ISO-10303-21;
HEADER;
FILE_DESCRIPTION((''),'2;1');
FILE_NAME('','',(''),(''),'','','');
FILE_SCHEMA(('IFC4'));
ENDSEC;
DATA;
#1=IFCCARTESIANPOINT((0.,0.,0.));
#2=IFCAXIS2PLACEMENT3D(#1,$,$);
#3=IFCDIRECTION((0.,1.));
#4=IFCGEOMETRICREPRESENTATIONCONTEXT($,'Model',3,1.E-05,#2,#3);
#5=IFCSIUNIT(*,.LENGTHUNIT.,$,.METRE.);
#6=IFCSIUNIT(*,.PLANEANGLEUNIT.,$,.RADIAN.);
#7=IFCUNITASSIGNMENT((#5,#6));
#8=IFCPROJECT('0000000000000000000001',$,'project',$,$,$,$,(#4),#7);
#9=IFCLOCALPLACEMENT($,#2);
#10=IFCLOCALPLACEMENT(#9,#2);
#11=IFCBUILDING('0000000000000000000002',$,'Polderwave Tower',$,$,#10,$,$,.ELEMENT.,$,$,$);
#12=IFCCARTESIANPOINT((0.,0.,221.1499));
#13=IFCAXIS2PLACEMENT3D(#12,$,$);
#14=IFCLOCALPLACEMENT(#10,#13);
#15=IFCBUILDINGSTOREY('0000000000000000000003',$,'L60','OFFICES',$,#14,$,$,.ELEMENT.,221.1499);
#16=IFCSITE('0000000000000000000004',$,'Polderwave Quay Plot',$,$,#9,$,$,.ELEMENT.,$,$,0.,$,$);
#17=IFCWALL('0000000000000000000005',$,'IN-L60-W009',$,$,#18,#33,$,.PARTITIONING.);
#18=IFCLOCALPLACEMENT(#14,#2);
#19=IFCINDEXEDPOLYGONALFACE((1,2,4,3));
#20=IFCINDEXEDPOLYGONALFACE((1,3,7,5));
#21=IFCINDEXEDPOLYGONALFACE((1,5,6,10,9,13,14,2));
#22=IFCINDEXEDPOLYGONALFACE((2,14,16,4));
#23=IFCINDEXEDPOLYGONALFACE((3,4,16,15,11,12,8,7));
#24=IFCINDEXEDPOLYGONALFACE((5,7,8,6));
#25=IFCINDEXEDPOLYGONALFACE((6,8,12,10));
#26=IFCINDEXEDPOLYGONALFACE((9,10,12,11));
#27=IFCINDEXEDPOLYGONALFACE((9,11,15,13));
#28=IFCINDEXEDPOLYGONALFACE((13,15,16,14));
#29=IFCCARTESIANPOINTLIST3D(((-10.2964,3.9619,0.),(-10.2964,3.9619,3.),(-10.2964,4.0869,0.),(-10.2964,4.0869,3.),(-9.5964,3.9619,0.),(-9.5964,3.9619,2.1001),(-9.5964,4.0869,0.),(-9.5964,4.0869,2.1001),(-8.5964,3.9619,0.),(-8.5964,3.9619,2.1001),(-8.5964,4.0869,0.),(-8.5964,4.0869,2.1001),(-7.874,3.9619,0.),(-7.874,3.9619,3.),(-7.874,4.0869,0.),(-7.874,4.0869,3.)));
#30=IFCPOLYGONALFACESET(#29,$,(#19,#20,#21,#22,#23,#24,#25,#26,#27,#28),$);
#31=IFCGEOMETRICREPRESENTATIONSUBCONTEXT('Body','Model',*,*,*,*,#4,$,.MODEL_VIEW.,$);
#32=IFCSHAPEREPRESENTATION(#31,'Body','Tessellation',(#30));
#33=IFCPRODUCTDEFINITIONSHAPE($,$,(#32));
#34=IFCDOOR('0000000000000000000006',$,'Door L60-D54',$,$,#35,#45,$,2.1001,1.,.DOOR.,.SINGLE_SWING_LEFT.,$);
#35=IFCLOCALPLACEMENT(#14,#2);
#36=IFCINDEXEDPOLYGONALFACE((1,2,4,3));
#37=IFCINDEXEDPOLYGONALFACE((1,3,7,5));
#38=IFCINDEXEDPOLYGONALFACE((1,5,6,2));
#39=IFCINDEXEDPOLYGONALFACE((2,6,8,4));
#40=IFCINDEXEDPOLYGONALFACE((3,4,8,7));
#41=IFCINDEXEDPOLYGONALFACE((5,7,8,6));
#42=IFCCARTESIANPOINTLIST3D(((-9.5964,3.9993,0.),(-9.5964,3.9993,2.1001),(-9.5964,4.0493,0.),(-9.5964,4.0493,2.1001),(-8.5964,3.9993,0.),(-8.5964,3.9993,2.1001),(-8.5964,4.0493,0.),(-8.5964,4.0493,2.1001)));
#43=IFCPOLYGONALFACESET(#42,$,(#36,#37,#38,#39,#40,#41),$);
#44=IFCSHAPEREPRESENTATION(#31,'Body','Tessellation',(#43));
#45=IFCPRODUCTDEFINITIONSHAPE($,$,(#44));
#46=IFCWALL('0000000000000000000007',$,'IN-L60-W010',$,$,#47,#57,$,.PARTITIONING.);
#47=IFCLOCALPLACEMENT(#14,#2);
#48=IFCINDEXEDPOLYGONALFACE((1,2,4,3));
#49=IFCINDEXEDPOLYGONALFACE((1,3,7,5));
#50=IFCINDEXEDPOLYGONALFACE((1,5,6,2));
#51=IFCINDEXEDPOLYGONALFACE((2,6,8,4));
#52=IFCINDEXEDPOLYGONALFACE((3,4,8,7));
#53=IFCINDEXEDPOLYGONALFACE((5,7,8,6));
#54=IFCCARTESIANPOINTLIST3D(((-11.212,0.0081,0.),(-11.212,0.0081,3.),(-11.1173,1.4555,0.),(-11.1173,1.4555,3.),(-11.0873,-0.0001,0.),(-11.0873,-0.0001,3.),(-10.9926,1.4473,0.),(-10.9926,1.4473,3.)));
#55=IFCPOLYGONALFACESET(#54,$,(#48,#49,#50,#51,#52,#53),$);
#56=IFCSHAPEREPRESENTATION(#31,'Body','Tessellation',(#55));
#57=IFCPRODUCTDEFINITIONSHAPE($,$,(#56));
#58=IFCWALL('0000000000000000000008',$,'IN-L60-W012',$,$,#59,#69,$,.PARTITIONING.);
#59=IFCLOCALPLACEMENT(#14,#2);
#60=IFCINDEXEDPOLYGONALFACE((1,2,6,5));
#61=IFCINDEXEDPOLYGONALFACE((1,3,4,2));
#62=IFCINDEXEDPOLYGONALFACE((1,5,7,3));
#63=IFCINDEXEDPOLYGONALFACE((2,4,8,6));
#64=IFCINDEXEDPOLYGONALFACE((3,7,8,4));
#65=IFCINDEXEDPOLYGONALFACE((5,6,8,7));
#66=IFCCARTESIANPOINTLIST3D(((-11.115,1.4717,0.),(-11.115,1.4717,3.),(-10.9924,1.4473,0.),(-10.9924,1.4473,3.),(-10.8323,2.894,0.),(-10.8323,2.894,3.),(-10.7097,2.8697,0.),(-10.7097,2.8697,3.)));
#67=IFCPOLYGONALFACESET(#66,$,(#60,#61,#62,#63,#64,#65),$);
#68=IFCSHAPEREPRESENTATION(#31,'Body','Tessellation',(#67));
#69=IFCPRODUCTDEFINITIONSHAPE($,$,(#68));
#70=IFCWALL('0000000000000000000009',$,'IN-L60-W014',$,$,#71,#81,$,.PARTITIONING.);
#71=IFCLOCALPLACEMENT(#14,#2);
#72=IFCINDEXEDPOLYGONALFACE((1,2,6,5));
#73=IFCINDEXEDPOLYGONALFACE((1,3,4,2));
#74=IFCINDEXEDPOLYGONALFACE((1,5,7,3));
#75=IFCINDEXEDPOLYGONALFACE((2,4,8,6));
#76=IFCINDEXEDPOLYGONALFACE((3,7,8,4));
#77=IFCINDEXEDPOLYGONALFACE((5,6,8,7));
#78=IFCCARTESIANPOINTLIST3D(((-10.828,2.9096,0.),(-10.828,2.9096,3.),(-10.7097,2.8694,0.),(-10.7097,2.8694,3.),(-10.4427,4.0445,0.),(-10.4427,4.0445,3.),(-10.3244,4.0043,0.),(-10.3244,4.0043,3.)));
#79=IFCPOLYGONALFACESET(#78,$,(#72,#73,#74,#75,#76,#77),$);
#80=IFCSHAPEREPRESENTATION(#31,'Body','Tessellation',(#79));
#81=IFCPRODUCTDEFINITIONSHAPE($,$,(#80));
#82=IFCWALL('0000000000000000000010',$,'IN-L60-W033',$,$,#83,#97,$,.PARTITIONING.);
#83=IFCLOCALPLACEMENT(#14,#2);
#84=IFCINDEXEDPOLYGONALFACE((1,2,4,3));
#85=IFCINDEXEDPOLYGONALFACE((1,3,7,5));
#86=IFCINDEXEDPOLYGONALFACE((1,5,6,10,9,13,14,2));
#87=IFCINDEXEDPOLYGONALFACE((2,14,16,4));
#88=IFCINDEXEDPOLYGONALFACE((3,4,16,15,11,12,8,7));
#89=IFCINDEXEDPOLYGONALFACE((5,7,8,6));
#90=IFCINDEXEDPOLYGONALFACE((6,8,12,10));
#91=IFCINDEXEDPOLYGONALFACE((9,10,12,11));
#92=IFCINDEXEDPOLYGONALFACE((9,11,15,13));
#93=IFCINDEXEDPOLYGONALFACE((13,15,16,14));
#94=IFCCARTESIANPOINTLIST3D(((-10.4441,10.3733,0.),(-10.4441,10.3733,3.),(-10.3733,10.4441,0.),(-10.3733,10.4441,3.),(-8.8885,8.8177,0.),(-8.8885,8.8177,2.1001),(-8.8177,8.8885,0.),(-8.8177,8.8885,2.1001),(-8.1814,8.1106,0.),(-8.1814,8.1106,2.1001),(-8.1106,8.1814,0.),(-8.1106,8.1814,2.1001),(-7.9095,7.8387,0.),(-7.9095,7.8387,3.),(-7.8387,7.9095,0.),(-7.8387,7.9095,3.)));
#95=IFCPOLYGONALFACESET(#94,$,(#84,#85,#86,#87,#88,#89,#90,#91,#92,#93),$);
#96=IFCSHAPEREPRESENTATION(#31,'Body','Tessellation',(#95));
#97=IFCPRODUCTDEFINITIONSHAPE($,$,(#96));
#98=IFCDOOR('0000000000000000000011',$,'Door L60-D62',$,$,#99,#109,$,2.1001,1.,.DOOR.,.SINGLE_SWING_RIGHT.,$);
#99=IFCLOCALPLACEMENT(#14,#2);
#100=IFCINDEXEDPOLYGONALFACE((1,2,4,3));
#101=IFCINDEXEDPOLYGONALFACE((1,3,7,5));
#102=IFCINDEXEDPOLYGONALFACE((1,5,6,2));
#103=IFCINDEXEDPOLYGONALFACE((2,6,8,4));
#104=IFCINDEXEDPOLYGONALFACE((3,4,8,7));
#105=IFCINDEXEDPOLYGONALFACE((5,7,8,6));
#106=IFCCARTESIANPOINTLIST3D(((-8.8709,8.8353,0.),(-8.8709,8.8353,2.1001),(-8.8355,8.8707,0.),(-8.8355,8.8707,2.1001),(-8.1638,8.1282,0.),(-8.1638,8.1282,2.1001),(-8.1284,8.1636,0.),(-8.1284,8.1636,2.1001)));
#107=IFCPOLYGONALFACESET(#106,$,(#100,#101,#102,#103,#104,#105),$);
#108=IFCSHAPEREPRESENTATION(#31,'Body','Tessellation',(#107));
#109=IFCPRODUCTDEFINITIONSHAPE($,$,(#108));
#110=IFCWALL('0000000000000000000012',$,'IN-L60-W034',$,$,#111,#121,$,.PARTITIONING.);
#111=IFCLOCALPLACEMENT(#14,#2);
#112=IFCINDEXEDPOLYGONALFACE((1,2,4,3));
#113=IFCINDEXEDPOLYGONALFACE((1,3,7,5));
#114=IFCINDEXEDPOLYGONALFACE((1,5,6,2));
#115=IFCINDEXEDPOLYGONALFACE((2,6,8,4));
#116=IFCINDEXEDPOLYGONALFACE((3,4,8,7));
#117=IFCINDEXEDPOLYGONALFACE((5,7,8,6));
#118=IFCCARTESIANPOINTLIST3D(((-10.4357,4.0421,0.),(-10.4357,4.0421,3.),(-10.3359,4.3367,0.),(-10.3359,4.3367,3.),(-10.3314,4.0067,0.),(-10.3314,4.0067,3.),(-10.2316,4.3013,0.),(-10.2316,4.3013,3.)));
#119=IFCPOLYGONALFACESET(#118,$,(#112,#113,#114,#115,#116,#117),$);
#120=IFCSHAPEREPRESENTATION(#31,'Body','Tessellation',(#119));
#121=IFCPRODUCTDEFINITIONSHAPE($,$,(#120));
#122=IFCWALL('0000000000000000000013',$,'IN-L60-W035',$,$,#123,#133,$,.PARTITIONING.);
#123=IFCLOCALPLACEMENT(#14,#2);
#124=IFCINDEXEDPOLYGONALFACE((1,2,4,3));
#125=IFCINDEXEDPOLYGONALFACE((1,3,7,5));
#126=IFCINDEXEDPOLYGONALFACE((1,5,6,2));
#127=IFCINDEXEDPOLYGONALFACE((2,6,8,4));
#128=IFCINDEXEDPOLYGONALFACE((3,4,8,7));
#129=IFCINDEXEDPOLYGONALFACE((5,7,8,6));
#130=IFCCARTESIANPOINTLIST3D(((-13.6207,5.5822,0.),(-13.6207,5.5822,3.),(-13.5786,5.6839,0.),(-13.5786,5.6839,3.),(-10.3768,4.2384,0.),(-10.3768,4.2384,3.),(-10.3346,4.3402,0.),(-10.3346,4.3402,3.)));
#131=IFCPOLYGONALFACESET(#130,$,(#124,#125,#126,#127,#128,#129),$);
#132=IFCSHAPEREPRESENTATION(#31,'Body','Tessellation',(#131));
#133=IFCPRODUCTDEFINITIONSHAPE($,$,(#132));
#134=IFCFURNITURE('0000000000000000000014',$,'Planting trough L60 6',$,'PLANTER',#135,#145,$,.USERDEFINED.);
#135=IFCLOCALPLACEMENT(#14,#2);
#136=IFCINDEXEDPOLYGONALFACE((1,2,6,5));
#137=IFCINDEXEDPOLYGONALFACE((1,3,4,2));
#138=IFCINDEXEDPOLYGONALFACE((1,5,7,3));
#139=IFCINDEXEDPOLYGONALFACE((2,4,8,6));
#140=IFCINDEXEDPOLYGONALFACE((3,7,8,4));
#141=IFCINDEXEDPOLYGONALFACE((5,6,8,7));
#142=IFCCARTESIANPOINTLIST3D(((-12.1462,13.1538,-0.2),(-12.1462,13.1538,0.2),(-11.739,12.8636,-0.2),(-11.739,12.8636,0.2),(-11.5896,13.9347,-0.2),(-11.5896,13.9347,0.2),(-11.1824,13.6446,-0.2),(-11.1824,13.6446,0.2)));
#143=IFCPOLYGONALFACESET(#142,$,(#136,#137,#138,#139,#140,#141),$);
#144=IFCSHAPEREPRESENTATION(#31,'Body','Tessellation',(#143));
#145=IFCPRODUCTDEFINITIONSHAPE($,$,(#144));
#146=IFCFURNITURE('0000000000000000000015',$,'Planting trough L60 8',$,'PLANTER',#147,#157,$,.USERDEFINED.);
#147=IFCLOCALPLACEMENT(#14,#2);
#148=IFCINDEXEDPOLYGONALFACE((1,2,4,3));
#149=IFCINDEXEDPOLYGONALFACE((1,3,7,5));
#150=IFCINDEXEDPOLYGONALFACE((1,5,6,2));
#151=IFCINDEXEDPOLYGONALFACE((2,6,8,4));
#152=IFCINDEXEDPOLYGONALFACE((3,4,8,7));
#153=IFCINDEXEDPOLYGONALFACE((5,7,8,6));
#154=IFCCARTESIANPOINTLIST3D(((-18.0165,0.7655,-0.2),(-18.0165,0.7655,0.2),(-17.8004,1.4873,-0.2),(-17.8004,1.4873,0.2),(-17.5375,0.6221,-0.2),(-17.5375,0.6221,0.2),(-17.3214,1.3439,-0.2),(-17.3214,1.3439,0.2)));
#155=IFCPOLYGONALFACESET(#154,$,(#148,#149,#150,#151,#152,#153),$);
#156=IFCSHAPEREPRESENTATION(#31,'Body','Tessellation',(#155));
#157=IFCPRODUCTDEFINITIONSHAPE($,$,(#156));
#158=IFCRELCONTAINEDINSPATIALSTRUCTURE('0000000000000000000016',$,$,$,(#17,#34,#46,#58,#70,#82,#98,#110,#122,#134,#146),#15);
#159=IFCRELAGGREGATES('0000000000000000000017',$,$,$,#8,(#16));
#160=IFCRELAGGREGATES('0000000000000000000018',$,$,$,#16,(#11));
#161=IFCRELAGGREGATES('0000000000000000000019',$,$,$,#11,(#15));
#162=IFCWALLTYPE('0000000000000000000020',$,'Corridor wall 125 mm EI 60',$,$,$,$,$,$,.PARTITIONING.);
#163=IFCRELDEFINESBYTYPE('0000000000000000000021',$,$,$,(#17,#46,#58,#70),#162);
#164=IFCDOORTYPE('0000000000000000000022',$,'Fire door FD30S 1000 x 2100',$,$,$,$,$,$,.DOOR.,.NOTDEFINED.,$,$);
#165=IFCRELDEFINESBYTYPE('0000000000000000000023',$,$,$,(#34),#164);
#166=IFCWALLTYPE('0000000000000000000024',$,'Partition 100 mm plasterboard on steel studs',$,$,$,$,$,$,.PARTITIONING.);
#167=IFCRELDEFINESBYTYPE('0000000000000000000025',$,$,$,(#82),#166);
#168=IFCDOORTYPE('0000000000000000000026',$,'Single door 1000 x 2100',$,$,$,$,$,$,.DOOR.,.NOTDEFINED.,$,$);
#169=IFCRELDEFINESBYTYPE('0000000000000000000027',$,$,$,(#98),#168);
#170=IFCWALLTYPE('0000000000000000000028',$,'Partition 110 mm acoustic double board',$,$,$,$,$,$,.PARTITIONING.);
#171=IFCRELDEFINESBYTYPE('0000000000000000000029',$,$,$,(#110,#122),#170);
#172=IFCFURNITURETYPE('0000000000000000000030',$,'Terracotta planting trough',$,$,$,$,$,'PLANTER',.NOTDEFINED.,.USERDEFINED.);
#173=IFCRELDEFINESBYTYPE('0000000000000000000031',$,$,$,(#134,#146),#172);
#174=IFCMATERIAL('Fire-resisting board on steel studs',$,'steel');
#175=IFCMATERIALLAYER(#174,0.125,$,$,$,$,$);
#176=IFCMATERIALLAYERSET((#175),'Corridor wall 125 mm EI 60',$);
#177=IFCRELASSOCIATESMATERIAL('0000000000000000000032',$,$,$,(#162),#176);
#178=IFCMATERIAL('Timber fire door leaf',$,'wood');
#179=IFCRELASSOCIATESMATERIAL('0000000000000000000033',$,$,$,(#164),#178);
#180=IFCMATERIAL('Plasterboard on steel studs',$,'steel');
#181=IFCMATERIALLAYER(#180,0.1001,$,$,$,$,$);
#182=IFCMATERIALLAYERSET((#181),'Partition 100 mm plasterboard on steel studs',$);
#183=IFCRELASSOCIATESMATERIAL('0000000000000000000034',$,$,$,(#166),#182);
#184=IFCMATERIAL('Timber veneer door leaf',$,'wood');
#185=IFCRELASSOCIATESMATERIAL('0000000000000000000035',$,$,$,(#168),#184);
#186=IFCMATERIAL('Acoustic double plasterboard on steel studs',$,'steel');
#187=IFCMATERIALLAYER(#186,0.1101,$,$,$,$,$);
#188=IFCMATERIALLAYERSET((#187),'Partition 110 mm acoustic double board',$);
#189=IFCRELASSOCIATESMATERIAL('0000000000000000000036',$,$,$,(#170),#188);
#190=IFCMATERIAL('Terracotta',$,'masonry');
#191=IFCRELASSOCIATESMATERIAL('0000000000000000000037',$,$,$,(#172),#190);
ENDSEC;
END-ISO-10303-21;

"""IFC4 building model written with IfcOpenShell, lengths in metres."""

from ifc_helpers import new_model, si_unit, direction, frame, frame_2d, origin, origin_2d, place, context, subcontext, project, spatial, rectangle, extrude, material, layer, layer_set, type_object, element, fill, save


model = new_model("IFC4")

# Units and contexts
model_context = context("Model", 3, precision=1e-05, world=origin(), true_north=direction((0.0, 1.0)))
body_context = subcontext(model_context, "Body", "Model", "MODEL_VIEW")
ifc_project = project(units=[si_unit("LENGTHUNIT", "METRE"), si_unit("PLANEANGLEUNIT", "RADIAN")], contexts=[model_context])

# Site, building, storey
site_placement = place(None, origin())
site = spatial("IfcSite", under=ifc_project, at=site_placement, Name="Polderwave Quay Plot", CompositionType="ELEMENT", RefElevation=0.0)
building_placement = place(site_placement, origin())
building = spatial("IfcBuilding", under=site, at=building_placement, Name="Polderwave Tower", CompositionType="ELEMENT")
storey_placement = place(building_placement, frame((0.0, 0.0, 221.1499)))
storey = spatial("IfcBuildingStorey", under=building, at=storey_placement, Name="L60", Description="OFFICES", CompositionType="ELEMENT", Elevation=221.1499)

# Wall, opening, door
ifc_material_1 = material(Name="Fire-resisting board on steel studs", Category="steel")
ifc_layer_1 = layer(ifc_material_1, 0.125)
ifc_layer_set_1 = layer_set([ifc_layer_1], Name="Corridor wall 125 mm EI 60")
wall_type_1 = type_object("IfcWallType", Name="Corridor wall 125 mm EI 60", PredefinedType="PARTITIONING", material=ifc_layer_set_1)
wall_1_placement = place(storey_placement, frame((-10.2964, 4.0244, 0.0), z_axis=(0.0, 0.0, 1.0), x_axis=(1.0, 0.0, 0.0)))
wall_1 = element("IfcWall", 1, at=wall_1_placement, inside=storey, type_object=wall_type_1, Name="IN-L60-W009", PredefinedType="PARTITIONING", context=body_context, shape_type="SweptSolid", body=[
    extrude(rectangle(XDim=2.4224, YDim=0.125, at=frame_2d((1.2112, 0.0))), origin(), (0.0, 0.0, 1.0), 3.0),
])
opening_1_placement = place(wall_1_placement, frame((0.7, 0.0, 0.0)))
opening_1 = element("IfcOpeningElement", 2, at=opening_1_placement, cuts=wall_1, PredefinedType="OPENING", context=body_context, shape_type="SweptSolid", body=[
    extrude(rectangle(XDim=1.0, YDim=2.1001, at=frame_2d((0.5, 1.05))), frame((0.0, 0.0725, 0.0), z_axis=(0.0, -1.0, 0.0), x_axis=(1.0, 0.0, 0.0)), (0.0, 0.0, 1.0), 0.145),
])
ifc_material_2 = material(Name="Timber fire door leaf", Category="wood")
door_type_1 = type_object("IfcDoorType", Name="Fire door FD30S 1000 x 2100", OperationType="NOTDEFINED", PredefinedType="DOOR", material=ifc_material_2)
door_1_placement = place(opening_1_placement, origin())
door_1 = element("IfcDoor", 3, at=door_1_placement, inside=storey, type_object=door_type_1, Name="Door L60-D54", OperationType="SINGLE_SWING_LEFT", OverallHeight=2.1001, OverallWidth=1.0, PredefinedType="DOOR", context=body_context, shape_type="SweptSolid", body=[
    extrude(rectangle(XDim=1.0, YDim=2.1001, at=frame_2d((0.5, 1.05))), frame((0.0, 0.0249, 0.0), z_axis=(0.0, -1.0, 0.0), x_axis=(1.0, 0.0, 0.0)), (0.0, 0.0, 1.0), 0.05),
])
fill(opening_1, door_1)

# Walls
wall_2_placement = place(storey_placement, frame((-11.1497, 0.0042, 0.0), z_axis=(0.0, 0.0, 1.0), x_axis=(0.065312, 0.997865, 0.0)))
element("IfcWall", 4, at=wall_2_placement, inside=storey, type_object=wall_type_1, Name="IN-L60-W010", PredefinedType="PARTITIONING", context=body_context, shape_type="SweptSolid", body=[
    extrude(rectangle(XDim=1.4504, YDim=0.125, at=frame_2d((0.7251, 0.0))), origin(), (0.0, 0.0, 1.0), 3.0),
])
wall_3_placement = place(storey_placement, frame((-11.0537, 1.4595, 0.0), z_axis=(0.0, 0.0, 1.0), x_axis=(0.19495, 0.980813, 0.0)))
element("IfcWall", 5, at=wall_3_placement, inside=storey, type_object=wall_type_1, Name="IN-L60-W012", PredefinedType="PARTITIONING", context=body_context, shape_type="SweptSolid", body=[
    extrude(rectangle(XDim=1.4502, YDim=0.125, at=frame_2d((0.7251, 0.0))), origin(), (0.0, 0.0, 1.0), 3.0),
])
wall_4_placement = place(storey_placement, frame((-10.7688, 2.8896, 0.0), z_axis=(0.0, 0.0, 1.0), x_axis=(0.321479, 0.946917, 0.0)))
element("IfcWall", 6, at=wall_4_placement, inside=storey, type_object=wall_type_1, Name="IN-L60-W014", PredefinedType="PARTITIONING", context=body_context, shape_type="SweptSolid", body=[
    extrude(rectangle(XDim=1.1985, YDim=0.125, at=frame_2d((0.5991, 0.0))), origin(), (0.0, 0.0, 1.0), 3.0),
])

# Wall, opening, door
ifc_material_3 = material(Name="Plasterboard on steel studs", Category="steel")
ifc_layer_2 = layer(ifc_material_3, 0.1001)
ifc_layer_set_2 = layer_set([ifc_layer_2], Name="Partition 100 mm plasterboard on steel studs")
wall_type_2 = type_object("IfcWallType", Name="Partition 100 mm plasterboard on steel studs", PredefinedType="PARTITIONING", material=ifc_layer_set_2)
wall_5_placement = place(storey_placement, frame((-10.4087, 10.4087, 0.0), z_axis=(0.0, 0.0, 1.0), x_axis=(0.707107, -0.707107, 0.0)))
wall_5 = element("IfcWall", 7, at=wall_5_placement, inside=storey, type_object=wall_type_2, Name="IN-L60-W033", PredefinedType="PARTITIONING", context=body_context, shape_type="SweptSolid", body=[
    extrude(rectangle(XDim=3.5845, YDim=0.1001, at=frame_2d((1.7922, 0.0))), origin(), (0.0, 0.0, 1.0), 3.0),
])
opening_2_placement = place(wall_5_placement, frame((2.2, 0.0, 0.0)))
opening_2 = element("IfcOpeningElement", 8, at=opening_2_placement, cuts=wall_5, PredefinedType="OPENING", context=body_context, shape_type="SweptSolid", body=[
    extrude(rectangle(XDim=1.0, YDim=2.1001, at=frame_2d((0.5, 1.05))), frame((0.0, 0.0601, 0.0), z_axis=(0.0, -1.0, 0.0), x_axis=(1.0, 0.0, 0.0)), (0.0, 0.0, 1.0), 0.1201),
])
ifc_material_4 = material(Name="Timber veneer door leaf", Category="wood")
door_type_2 = type_object("IfcDoorType", Name="Single door 1000 x 2100", OperationType="NOTDEFINED", PredefinedType="DOOR", material=ifc_material_4)
door_2_placement = place(opening_2_placement, origin())
door_2 = element("IfcDoor", 9, at=door_2_placement, inside=storey, type_object=door_type_2, Name="Door L60-D62", OperationType="SINGLE_SWING_RIGHT", OverallHeight=2.1001, OverallWidth=1.0, PredefinedType="DOOR", context=body_context, shape_type="SweptSolid", body=[
    extrude(rectangle(XDim=1.0, YDim=2.1001, at=frame_2d((0.5, 1.05))), frame((0.0, 0.0249, 0.0), z_axis=(0.0, -1.0, 0.0), x_axis=(1.0, 0.0, 0.0)), (0.0, 0.0, 1.0), 0.05),
])
fill(opening_2, door_2)

# Walls
ifc_material_5 = material(Name="Acoustic double plasterboard on steel studs", Category="steel")
ifc_layer_3 = layer(ifc_material_5, 0.1101)
ifc_layer_set_3 = layer_set([ifc_layer_3], Name="Partition 110 mm acoustic double board")
wall_type_3 = type_object("IfcWallType", Name="Partition 110 mm acoustic double board", PredefinedType="PARTITIONING", material=ifc_layer_set_3)
wall_6_placement = place(storey_placement, frame((-10.3835, 4.0244, 0.0), z_axis=(0.0, 0.0, 1.0), x_axis=(0.320932, 0.947102, 0.0)))
element("IfcWall", 10, at=wall_6_placement, inside=storey, type_object=wall_type_3, Name="IN-L60-W034", PredefinedType="PARTITIONING", context=body_context, shape_type="SweptSolid", body=[
    extrude(rectangle(XDim=0.311, YDim=0.1101, at=frame_2d((0.1555, 0.0))), origin(), (0.0, 0.0, 1.0), 3.0),
])
wall_7_placement = place(storey_placement, frame((-10.3557, 4.2893, 0.0), z_axis=(0.0, 0.0, 1.0), x_axis=(-0.923871, 0.382704, 0.0)))
element("IfcWall", 11, at=wall_7_placement, inside=storey, type_object=wall_type_3, Name="IN-L60-W035", PredefinedType="PARTITIONING", context=body_context, shape_type="SweptSolid", body=[
    extrude(rectangle(XDim=3.5112, YDim=0.1101, at=frame_2d((1.7556, 0.0))), origin(), (0.0, 0.0, 1.0), 3.0),
])

# Furniture
ifc_material_6 = material(Name="Terracotta", Category="masonry")
furniture_type = type_object("IfcFurnitureType", Name="Terracotta planting trough", ElementType="PLANTER", AssemblyPlace="NOTDEFINED", PredefinedType="USERDEFINED", material=ifc_material_6)
furniture_1_placement = place(storey_placement, frame((-11.6643, 13.3992, -0.2), z_axis=(0.0, 0.0, 1.0), x_axis=(-0.580325, -0.814385, 0.0)))
element("IfcFurniture", 12, at=furniture_1_placement, inside=storey, type_object=furniture_type, Name="Planting trough L60 6", ObjectType="PLANTER", PredefinedType="USERDEFINED", context=body_context, shape_type="SweptSolid", body=[
    extrude(rectangle(XDim=0.959, YDim=0.5, at=origin_2d()), origin(), (0.0, 0.0, 1.0), 0.3999),
])
furniture_2_placement = place(storey_placement, frame((-17.6689, 1.0547, -0.2), z_axis=(0.0, 0.0, 1.0), x_axis=(-0.286829, -0.957982, 0.0)))
element("IfcFurniture", 13, at=furniture_2_placement, inside=storey, type_object=furniture_type, Name="Planting trough L60 8", ObjectType="PLANTER", PredefinedType="USERDEFINED", context=body_context, shape_type="SweptSolid", body=[
    extrude(rectangle(XDim=0.7534, YDim=0.5, at=origin_2d()), origin(), (0.0, 0.0, 1.0), 0.3999),
])

save(model, "model.ifc")
